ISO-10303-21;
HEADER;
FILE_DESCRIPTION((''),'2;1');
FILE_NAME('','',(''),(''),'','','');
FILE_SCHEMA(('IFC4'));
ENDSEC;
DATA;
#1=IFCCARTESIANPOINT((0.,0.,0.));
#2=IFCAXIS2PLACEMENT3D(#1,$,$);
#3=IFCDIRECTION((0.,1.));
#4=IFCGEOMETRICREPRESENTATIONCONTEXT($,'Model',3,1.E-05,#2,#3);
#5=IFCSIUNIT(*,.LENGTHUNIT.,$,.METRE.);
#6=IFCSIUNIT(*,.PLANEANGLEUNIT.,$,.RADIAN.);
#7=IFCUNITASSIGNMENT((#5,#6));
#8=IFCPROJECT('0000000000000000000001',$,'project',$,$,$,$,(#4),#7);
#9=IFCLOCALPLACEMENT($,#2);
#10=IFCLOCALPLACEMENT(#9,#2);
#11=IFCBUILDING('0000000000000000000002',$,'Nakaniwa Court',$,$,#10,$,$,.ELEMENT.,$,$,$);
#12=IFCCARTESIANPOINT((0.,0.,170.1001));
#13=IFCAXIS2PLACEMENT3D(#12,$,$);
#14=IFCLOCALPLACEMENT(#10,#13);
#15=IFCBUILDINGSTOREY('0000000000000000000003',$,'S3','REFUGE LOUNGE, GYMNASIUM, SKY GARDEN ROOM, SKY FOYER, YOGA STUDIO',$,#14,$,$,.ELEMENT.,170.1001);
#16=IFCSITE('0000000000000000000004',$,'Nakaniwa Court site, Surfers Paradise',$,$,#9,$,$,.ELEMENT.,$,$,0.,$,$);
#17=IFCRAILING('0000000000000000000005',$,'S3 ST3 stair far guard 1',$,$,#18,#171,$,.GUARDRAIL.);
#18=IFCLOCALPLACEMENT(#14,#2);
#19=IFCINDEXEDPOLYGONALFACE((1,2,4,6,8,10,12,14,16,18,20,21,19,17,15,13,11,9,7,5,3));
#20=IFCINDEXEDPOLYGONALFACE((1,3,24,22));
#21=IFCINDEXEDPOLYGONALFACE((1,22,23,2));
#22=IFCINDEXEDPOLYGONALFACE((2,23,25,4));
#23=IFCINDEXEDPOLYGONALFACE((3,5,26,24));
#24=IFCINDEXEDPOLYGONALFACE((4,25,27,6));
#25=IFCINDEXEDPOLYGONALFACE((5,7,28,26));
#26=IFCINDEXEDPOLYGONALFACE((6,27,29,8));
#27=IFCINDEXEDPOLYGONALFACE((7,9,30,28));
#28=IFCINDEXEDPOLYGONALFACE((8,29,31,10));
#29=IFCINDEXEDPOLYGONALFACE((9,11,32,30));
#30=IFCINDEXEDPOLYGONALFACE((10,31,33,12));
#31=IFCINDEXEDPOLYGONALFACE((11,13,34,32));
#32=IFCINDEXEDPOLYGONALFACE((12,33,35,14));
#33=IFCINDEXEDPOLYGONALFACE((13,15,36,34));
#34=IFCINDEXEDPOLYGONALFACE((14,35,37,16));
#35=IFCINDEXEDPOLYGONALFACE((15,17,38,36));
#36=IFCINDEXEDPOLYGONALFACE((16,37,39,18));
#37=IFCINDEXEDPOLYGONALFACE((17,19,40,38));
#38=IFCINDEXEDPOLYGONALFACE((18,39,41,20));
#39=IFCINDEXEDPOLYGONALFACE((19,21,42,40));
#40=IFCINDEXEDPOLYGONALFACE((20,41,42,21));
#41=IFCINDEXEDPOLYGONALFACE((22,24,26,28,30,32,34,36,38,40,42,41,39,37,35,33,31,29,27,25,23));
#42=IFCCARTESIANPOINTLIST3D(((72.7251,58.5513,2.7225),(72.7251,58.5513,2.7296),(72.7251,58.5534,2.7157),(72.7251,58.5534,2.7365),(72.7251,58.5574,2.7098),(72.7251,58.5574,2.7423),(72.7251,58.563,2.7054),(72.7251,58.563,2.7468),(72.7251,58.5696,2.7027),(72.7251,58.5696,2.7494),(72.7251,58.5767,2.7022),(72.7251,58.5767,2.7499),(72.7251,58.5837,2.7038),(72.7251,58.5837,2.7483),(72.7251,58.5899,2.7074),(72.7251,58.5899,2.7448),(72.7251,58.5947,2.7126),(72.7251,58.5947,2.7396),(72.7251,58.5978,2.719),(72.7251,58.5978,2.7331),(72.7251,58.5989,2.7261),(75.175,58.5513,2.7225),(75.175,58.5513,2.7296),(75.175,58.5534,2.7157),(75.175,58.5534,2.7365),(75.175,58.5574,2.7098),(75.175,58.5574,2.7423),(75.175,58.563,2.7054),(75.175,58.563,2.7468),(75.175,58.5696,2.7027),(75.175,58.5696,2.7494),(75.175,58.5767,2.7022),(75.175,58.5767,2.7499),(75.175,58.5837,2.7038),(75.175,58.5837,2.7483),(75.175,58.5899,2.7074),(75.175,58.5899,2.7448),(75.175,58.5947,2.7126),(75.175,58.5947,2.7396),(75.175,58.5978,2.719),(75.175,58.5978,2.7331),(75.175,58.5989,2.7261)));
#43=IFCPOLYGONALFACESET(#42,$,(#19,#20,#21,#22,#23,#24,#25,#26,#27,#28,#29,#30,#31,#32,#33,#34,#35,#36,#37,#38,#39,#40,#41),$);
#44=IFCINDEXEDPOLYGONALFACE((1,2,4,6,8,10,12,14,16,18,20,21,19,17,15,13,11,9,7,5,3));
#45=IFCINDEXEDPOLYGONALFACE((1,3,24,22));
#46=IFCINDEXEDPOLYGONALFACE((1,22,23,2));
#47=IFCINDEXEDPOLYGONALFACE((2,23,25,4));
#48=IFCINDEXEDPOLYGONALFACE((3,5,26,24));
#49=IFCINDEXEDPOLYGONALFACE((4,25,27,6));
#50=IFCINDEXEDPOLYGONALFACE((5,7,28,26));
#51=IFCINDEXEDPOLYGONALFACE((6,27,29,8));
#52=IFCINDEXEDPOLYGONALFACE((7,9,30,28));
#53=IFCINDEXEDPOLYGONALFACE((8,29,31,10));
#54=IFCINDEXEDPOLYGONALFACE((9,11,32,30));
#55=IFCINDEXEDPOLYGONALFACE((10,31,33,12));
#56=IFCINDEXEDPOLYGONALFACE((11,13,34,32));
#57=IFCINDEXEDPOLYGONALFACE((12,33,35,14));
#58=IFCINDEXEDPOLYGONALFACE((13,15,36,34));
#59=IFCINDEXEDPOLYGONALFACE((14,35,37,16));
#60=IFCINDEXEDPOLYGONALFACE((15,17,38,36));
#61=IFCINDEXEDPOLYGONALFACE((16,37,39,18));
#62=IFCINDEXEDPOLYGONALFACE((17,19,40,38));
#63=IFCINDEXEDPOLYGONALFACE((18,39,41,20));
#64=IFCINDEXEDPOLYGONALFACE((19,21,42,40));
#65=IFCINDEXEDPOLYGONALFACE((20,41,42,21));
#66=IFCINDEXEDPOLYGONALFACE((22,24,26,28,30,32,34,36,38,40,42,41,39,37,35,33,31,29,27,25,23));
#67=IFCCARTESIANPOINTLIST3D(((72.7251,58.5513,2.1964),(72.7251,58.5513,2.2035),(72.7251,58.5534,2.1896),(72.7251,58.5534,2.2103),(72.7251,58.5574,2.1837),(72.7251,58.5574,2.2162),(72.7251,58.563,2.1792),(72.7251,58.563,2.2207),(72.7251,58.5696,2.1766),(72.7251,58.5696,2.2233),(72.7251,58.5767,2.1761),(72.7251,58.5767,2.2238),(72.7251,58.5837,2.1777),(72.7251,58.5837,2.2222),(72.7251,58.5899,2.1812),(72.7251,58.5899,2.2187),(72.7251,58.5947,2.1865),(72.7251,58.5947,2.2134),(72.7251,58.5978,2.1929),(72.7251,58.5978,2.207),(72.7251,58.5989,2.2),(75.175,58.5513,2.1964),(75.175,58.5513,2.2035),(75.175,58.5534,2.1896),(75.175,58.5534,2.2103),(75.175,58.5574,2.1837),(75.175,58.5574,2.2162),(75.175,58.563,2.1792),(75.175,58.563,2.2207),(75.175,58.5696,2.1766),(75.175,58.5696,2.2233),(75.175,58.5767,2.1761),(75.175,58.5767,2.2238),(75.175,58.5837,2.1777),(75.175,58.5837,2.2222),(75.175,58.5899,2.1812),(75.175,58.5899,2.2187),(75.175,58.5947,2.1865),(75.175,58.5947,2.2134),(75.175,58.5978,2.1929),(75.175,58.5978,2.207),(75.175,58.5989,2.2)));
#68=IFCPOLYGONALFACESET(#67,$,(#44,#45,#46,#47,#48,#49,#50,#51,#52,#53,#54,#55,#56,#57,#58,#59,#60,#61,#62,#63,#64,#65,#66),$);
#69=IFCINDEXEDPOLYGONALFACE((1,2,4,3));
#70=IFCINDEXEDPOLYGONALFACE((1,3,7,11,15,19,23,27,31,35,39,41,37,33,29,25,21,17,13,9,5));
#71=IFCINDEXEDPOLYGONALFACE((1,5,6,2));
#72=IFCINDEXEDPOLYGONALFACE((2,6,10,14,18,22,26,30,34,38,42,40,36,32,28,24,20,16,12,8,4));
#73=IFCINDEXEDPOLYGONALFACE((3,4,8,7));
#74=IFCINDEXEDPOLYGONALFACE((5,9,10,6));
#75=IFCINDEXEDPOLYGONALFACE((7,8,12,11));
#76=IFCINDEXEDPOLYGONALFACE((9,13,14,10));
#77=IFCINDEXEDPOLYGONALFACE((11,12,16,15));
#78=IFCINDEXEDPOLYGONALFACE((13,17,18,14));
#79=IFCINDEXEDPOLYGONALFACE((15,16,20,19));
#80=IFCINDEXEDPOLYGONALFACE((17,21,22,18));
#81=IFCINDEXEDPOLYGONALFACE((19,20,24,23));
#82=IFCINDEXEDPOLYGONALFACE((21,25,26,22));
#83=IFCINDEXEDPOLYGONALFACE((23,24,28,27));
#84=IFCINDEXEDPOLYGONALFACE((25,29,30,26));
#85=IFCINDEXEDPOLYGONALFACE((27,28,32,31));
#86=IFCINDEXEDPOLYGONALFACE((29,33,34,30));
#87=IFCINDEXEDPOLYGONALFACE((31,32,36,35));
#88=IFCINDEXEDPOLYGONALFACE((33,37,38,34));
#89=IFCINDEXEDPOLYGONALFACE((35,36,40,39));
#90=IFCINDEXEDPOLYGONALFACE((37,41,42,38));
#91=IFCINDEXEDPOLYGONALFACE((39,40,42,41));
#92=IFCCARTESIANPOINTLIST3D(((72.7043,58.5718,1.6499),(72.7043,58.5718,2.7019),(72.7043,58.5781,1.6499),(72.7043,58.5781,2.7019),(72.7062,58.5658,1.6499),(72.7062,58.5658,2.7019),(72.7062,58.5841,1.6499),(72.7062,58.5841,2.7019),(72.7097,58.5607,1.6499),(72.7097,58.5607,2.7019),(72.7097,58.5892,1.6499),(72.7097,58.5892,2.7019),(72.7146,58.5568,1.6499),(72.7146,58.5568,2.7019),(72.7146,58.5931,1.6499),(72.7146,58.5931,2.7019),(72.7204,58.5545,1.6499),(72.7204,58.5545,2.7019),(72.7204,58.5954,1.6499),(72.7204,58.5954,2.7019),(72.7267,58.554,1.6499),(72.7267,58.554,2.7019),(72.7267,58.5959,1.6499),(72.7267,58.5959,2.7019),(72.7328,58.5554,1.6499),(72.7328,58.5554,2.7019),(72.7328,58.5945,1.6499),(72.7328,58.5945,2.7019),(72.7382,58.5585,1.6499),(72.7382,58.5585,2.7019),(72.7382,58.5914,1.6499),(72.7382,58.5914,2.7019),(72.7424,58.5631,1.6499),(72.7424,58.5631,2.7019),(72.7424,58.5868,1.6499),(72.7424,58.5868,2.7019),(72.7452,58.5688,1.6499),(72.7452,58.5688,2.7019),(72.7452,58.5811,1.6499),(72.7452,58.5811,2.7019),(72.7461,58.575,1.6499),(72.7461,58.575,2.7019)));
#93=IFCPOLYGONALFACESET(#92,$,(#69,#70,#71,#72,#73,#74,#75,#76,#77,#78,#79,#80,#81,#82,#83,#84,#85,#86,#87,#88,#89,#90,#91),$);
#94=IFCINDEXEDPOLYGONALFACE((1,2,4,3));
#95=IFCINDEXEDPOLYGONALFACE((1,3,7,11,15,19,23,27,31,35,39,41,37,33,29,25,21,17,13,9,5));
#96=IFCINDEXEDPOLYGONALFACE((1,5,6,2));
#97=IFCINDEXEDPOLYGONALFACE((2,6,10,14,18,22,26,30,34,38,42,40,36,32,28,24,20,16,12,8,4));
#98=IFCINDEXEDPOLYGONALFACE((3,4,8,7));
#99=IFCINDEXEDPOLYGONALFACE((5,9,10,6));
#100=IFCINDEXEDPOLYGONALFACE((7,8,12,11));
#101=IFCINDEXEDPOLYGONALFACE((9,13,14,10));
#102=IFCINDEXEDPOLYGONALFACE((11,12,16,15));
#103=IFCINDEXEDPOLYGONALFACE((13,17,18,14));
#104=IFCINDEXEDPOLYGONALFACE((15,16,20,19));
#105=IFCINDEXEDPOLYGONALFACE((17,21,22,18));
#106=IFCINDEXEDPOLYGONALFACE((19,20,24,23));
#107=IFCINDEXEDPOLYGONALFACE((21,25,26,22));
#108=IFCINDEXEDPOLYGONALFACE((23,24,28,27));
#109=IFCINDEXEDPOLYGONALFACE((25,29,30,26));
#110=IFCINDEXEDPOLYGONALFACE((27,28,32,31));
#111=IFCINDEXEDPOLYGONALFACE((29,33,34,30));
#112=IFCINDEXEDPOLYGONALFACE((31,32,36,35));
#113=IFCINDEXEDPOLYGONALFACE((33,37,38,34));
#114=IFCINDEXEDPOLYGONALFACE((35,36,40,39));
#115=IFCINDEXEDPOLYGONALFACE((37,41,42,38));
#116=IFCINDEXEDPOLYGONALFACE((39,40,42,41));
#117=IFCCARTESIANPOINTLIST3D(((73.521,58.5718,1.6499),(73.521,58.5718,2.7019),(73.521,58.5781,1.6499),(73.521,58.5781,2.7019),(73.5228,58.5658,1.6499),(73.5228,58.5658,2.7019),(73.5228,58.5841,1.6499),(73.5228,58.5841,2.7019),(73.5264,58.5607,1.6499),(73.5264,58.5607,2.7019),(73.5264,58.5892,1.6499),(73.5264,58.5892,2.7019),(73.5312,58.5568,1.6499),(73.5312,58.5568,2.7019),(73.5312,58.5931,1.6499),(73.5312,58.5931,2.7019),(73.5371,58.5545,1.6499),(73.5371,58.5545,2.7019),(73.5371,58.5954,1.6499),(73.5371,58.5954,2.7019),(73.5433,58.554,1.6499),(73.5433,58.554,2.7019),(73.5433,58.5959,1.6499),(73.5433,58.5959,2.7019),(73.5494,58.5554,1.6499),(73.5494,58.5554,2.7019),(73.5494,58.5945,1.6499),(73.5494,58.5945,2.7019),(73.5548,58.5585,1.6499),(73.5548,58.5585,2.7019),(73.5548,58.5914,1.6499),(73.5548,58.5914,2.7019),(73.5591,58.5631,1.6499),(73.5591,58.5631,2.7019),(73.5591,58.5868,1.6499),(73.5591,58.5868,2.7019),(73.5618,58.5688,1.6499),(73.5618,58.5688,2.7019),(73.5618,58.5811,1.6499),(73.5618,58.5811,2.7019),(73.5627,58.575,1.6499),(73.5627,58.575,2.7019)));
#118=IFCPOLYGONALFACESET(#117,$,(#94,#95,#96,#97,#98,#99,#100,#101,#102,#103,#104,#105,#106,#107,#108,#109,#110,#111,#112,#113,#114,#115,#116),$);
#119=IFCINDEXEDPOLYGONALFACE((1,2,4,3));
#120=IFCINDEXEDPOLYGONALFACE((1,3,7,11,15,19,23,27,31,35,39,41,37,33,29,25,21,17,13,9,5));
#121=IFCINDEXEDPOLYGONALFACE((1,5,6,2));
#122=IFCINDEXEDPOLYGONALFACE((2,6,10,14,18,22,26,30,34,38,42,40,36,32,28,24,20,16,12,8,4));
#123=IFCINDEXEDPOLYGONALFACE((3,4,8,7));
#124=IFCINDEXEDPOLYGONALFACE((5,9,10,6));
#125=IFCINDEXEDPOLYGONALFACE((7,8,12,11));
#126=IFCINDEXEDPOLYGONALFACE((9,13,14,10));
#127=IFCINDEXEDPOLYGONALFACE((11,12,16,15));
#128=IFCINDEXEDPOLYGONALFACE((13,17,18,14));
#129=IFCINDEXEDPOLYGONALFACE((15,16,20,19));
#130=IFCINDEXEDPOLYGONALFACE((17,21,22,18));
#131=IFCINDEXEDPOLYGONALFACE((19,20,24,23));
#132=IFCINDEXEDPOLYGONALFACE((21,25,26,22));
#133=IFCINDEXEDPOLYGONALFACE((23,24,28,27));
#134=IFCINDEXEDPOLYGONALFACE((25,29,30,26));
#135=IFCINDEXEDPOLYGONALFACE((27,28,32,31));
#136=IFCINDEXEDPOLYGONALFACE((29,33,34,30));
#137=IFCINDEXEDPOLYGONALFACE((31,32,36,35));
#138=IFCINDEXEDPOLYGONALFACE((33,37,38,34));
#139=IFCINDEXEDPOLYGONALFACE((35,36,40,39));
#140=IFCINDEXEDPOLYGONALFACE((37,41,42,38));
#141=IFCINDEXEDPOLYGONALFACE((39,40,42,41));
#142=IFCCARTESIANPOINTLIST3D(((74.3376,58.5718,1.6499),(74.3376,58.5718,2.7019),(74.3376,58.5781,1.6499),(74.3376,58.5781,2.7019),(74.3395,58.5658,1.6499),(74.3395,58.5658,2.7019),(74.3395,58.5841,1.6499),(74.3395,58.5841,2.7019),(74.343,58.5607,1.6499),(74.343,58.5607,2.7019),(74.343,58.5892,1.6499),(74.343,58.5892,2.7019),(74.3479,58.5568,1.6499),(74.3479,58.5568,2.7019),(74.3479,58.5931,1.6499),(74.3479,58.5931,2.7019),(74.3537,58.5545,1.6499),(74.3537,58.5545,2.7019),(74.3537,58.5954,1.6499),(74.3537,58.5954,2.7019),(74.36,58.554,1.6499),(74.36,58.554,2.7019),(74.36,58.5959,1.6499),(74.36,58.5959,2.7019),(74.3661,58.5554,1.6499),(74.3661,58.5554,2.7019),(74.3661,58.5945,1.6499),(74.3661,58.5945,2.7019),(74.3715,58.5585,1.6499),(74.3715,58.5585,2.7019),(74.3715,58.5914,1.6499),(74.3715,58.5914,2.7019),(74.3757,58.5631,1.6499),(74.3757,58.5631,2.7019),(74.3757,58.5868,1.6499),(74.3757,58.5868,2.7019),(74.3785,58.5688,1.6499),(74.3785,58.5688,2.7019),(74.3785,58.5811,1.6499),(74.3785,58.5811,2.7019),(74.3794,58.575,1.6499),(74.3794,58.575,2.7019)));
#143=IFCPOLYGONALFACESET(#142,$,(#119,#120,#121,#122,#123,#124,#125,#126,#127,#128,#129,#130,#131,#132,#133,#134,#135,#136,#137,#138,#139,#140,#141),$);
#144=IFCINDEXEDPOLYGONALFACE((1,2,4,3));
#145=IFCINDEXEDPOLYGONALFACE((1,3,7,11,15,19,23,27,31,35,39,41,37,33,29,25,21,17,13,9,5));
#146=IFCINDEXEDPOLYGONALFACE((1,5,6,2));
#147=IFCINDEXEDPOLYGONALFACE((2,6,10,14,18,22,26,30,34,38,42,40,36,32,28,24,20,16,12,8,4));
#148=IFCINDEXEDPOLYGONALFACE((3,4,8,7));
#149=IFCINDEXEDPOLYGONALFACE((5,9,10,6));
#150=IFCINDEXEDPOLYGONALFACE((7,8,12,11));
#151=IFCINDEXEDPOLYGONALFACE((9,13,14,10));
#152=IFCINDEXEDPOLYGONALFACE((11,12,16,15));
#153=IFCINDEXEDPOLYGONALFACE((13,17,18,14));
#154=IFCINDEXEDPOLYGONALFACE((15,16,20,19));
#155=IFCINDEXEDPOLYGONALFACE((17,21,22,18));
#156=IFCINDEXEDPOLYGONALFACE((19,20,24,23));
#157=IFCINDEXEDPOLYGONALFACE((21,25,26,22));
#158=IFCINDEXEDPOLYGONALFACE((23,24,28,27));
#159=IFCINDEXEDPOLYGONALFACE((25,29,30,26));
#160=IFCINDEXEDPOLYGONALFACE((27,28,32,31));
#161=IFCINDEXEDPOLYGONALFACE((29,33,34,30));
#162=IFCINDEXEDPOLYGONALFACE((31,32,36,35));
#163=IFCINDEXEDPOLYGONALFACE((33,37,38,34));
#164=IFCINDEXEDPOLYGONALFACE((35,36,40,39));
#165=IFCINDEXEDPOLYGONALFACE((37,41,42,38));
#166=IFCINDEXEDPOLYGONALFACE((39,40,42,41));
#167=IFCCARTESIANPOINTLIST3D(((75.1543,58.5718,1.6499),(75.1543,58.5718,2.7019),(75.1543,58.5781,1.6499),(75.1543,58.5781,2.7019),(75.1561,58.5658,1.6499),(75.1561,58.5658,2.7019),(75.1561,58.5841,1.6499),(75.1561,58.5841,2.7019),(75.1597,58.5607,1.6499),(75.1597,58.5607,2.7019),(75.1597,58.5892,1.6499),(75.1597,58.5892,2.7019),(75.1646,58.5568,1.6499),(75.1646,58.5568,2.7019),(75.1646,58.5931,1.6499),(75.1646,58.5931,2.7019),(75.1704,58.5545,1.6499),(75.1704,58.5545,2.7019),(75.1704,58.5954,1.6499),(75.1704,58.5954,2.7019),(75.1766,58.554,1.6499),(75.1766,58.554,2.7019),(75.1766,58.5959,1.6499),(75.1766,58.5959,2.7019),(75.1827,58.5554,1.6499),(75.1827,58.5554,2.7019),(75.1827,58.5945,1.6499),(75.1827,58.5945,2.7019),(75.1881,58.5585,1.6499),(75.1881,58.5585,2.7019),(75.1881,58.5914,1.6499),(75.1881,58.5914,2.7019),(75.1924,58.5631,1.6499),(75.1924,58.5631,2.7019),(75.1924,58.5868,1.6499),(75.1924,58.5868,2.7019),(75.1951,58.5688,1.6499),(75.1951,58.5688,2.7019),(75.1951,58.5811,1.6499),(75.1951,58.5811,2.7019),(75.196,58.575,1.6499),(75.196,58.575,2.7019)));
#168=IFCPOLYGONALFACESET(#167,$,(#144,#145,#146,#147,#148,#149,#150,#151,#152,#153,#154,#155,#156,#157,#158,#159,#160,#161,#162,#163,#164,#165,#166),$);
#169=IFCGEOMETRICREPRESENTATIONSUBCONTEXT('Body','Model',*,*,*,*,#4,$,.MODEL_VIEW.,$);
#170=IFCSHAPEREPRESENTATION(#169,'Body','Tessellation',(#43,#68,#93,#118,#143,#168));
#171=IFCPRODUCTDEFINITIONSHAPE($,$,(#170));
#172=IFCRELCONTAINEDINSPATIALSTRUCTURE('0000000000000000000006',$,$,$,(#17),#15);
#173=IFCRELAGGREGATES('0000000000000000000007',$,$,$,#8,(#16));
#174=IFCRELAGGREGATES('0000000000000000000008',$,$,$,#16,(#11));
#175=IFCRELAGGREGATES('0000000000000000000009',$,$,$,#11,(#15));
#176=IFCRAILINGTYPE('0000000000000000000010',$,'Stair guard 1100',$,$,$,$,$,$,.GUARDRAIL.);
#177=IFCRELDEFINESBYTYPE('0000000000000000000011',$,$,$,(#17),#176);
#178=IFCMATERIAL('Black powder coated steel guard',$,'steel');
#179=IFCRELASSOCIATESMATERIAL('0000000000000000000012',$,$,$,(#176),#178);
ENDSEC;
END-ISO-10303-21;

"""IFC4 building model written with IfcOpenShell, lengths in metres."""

from ifc_helpers import new_model, si_unit, direction, frame, origin, origin_2d, place, context, subcontext, project, spatial, circle, extrude, material, type_object, element, save


model = new_model("IFC4")

# Units and contexts
model_context = context("Model", 3, precision=1e-05, world=origin(), true_north=direction((0.0, 1.0)))
body_context = subcontext(model_context, "Body", "Model", "MODEL_VIEW")
ifc_project = project(units=[si_unit("LENGTHUNIT", "METRE"), si_unit("PLANEANGLEUNIT", "RADIAN")], contexts=[model_context])

# Site, building, storey
site_placement = place(None, origin())
site = spatial("IfcSite", under=ifc_project, at=site_placement, Name="Nakaniwa Court site, Surfers Paradise", CompositionType="ELEMENT", RefElevation=0.0)
building_placement = place(site_placement, origin())
building = spatial("IfcBuilding", under=site, at=building_placement, Name="Nakaniwa Court", CompositionType="ELEMENT")
storey_placement = place(building_placement, frame((0.0, 0.0, 170.1001)))
storey = spatial("IfcBuildingStorey", under=building, at=storey_placement, Name="S3", Description="REFUGE LOUNGE, GYMNASIUM, SKY GARDEN ROOM, SKY FOYER, YOGA STUDIO", CompositionType="ELEMENT", Elevation=170.1001)

# Railing
ifc_material_1 = material(Name="Black powder coated steel guard", Category="steel")
railing_type_1 = type_object("IfcRailingType", Name="Stair guard 1100", PredefinedType="GUARDRAIL", material=ifc_material_1)
for number, where, name in (
    (1, (72.7251, 58.575, 1.6499), "S3 ST3 stair far guard 1"),
):
    element("IfcRailing", number, at=place(storey_placement, frame(where)), inside=storey, type_object=railing_type_1, Name=name, PredefinedType="GUARDRAIL", context=body_context, shape_type="SweptSolid", body=[
        extrude(circle(Radius=0.0239, at=origin_2d()), frame((0.0, 0.0, 1.0762), z_axis=(1.0, 0.0, 0.0), x_axis=(0.0, 1.0, 0.0)), (0.0, 0.0, 1.0), 2.45),
        extrude(circle(Radius=0.0239, at=origin_2d()), frame((0.0, 0.0, 0.55), z_axis=(1.0, 0.0, 0.0), x_axis=(0.0, 1.0, 0.0)), (0.0, 0.0, 1.0), 2.45),
        extrude(circle(Radius=0.021, at=origin_2d()), origin(), (0.0, 0.0, 1.0), 1.052),
        extrude(circle(Radius=0.021, at=origin_2d()), frame((0.8167, 0.0, 0.0)), (0.0, 0.0, 1.0), 1.052),
        extrude(circle(Radius=0.021, at=origin_2d()), frame((1.6333, 0.0, 0.0)), (0.0, 0.0, 1.0), 1.052),
        extrude(circle(Radius=0.021, at=origin_2d()), frame((2.45, 0.0, 0.0)), (0.0, 0.0, 1.0), 1.052),
    ])

save(model, "model.ifc")
